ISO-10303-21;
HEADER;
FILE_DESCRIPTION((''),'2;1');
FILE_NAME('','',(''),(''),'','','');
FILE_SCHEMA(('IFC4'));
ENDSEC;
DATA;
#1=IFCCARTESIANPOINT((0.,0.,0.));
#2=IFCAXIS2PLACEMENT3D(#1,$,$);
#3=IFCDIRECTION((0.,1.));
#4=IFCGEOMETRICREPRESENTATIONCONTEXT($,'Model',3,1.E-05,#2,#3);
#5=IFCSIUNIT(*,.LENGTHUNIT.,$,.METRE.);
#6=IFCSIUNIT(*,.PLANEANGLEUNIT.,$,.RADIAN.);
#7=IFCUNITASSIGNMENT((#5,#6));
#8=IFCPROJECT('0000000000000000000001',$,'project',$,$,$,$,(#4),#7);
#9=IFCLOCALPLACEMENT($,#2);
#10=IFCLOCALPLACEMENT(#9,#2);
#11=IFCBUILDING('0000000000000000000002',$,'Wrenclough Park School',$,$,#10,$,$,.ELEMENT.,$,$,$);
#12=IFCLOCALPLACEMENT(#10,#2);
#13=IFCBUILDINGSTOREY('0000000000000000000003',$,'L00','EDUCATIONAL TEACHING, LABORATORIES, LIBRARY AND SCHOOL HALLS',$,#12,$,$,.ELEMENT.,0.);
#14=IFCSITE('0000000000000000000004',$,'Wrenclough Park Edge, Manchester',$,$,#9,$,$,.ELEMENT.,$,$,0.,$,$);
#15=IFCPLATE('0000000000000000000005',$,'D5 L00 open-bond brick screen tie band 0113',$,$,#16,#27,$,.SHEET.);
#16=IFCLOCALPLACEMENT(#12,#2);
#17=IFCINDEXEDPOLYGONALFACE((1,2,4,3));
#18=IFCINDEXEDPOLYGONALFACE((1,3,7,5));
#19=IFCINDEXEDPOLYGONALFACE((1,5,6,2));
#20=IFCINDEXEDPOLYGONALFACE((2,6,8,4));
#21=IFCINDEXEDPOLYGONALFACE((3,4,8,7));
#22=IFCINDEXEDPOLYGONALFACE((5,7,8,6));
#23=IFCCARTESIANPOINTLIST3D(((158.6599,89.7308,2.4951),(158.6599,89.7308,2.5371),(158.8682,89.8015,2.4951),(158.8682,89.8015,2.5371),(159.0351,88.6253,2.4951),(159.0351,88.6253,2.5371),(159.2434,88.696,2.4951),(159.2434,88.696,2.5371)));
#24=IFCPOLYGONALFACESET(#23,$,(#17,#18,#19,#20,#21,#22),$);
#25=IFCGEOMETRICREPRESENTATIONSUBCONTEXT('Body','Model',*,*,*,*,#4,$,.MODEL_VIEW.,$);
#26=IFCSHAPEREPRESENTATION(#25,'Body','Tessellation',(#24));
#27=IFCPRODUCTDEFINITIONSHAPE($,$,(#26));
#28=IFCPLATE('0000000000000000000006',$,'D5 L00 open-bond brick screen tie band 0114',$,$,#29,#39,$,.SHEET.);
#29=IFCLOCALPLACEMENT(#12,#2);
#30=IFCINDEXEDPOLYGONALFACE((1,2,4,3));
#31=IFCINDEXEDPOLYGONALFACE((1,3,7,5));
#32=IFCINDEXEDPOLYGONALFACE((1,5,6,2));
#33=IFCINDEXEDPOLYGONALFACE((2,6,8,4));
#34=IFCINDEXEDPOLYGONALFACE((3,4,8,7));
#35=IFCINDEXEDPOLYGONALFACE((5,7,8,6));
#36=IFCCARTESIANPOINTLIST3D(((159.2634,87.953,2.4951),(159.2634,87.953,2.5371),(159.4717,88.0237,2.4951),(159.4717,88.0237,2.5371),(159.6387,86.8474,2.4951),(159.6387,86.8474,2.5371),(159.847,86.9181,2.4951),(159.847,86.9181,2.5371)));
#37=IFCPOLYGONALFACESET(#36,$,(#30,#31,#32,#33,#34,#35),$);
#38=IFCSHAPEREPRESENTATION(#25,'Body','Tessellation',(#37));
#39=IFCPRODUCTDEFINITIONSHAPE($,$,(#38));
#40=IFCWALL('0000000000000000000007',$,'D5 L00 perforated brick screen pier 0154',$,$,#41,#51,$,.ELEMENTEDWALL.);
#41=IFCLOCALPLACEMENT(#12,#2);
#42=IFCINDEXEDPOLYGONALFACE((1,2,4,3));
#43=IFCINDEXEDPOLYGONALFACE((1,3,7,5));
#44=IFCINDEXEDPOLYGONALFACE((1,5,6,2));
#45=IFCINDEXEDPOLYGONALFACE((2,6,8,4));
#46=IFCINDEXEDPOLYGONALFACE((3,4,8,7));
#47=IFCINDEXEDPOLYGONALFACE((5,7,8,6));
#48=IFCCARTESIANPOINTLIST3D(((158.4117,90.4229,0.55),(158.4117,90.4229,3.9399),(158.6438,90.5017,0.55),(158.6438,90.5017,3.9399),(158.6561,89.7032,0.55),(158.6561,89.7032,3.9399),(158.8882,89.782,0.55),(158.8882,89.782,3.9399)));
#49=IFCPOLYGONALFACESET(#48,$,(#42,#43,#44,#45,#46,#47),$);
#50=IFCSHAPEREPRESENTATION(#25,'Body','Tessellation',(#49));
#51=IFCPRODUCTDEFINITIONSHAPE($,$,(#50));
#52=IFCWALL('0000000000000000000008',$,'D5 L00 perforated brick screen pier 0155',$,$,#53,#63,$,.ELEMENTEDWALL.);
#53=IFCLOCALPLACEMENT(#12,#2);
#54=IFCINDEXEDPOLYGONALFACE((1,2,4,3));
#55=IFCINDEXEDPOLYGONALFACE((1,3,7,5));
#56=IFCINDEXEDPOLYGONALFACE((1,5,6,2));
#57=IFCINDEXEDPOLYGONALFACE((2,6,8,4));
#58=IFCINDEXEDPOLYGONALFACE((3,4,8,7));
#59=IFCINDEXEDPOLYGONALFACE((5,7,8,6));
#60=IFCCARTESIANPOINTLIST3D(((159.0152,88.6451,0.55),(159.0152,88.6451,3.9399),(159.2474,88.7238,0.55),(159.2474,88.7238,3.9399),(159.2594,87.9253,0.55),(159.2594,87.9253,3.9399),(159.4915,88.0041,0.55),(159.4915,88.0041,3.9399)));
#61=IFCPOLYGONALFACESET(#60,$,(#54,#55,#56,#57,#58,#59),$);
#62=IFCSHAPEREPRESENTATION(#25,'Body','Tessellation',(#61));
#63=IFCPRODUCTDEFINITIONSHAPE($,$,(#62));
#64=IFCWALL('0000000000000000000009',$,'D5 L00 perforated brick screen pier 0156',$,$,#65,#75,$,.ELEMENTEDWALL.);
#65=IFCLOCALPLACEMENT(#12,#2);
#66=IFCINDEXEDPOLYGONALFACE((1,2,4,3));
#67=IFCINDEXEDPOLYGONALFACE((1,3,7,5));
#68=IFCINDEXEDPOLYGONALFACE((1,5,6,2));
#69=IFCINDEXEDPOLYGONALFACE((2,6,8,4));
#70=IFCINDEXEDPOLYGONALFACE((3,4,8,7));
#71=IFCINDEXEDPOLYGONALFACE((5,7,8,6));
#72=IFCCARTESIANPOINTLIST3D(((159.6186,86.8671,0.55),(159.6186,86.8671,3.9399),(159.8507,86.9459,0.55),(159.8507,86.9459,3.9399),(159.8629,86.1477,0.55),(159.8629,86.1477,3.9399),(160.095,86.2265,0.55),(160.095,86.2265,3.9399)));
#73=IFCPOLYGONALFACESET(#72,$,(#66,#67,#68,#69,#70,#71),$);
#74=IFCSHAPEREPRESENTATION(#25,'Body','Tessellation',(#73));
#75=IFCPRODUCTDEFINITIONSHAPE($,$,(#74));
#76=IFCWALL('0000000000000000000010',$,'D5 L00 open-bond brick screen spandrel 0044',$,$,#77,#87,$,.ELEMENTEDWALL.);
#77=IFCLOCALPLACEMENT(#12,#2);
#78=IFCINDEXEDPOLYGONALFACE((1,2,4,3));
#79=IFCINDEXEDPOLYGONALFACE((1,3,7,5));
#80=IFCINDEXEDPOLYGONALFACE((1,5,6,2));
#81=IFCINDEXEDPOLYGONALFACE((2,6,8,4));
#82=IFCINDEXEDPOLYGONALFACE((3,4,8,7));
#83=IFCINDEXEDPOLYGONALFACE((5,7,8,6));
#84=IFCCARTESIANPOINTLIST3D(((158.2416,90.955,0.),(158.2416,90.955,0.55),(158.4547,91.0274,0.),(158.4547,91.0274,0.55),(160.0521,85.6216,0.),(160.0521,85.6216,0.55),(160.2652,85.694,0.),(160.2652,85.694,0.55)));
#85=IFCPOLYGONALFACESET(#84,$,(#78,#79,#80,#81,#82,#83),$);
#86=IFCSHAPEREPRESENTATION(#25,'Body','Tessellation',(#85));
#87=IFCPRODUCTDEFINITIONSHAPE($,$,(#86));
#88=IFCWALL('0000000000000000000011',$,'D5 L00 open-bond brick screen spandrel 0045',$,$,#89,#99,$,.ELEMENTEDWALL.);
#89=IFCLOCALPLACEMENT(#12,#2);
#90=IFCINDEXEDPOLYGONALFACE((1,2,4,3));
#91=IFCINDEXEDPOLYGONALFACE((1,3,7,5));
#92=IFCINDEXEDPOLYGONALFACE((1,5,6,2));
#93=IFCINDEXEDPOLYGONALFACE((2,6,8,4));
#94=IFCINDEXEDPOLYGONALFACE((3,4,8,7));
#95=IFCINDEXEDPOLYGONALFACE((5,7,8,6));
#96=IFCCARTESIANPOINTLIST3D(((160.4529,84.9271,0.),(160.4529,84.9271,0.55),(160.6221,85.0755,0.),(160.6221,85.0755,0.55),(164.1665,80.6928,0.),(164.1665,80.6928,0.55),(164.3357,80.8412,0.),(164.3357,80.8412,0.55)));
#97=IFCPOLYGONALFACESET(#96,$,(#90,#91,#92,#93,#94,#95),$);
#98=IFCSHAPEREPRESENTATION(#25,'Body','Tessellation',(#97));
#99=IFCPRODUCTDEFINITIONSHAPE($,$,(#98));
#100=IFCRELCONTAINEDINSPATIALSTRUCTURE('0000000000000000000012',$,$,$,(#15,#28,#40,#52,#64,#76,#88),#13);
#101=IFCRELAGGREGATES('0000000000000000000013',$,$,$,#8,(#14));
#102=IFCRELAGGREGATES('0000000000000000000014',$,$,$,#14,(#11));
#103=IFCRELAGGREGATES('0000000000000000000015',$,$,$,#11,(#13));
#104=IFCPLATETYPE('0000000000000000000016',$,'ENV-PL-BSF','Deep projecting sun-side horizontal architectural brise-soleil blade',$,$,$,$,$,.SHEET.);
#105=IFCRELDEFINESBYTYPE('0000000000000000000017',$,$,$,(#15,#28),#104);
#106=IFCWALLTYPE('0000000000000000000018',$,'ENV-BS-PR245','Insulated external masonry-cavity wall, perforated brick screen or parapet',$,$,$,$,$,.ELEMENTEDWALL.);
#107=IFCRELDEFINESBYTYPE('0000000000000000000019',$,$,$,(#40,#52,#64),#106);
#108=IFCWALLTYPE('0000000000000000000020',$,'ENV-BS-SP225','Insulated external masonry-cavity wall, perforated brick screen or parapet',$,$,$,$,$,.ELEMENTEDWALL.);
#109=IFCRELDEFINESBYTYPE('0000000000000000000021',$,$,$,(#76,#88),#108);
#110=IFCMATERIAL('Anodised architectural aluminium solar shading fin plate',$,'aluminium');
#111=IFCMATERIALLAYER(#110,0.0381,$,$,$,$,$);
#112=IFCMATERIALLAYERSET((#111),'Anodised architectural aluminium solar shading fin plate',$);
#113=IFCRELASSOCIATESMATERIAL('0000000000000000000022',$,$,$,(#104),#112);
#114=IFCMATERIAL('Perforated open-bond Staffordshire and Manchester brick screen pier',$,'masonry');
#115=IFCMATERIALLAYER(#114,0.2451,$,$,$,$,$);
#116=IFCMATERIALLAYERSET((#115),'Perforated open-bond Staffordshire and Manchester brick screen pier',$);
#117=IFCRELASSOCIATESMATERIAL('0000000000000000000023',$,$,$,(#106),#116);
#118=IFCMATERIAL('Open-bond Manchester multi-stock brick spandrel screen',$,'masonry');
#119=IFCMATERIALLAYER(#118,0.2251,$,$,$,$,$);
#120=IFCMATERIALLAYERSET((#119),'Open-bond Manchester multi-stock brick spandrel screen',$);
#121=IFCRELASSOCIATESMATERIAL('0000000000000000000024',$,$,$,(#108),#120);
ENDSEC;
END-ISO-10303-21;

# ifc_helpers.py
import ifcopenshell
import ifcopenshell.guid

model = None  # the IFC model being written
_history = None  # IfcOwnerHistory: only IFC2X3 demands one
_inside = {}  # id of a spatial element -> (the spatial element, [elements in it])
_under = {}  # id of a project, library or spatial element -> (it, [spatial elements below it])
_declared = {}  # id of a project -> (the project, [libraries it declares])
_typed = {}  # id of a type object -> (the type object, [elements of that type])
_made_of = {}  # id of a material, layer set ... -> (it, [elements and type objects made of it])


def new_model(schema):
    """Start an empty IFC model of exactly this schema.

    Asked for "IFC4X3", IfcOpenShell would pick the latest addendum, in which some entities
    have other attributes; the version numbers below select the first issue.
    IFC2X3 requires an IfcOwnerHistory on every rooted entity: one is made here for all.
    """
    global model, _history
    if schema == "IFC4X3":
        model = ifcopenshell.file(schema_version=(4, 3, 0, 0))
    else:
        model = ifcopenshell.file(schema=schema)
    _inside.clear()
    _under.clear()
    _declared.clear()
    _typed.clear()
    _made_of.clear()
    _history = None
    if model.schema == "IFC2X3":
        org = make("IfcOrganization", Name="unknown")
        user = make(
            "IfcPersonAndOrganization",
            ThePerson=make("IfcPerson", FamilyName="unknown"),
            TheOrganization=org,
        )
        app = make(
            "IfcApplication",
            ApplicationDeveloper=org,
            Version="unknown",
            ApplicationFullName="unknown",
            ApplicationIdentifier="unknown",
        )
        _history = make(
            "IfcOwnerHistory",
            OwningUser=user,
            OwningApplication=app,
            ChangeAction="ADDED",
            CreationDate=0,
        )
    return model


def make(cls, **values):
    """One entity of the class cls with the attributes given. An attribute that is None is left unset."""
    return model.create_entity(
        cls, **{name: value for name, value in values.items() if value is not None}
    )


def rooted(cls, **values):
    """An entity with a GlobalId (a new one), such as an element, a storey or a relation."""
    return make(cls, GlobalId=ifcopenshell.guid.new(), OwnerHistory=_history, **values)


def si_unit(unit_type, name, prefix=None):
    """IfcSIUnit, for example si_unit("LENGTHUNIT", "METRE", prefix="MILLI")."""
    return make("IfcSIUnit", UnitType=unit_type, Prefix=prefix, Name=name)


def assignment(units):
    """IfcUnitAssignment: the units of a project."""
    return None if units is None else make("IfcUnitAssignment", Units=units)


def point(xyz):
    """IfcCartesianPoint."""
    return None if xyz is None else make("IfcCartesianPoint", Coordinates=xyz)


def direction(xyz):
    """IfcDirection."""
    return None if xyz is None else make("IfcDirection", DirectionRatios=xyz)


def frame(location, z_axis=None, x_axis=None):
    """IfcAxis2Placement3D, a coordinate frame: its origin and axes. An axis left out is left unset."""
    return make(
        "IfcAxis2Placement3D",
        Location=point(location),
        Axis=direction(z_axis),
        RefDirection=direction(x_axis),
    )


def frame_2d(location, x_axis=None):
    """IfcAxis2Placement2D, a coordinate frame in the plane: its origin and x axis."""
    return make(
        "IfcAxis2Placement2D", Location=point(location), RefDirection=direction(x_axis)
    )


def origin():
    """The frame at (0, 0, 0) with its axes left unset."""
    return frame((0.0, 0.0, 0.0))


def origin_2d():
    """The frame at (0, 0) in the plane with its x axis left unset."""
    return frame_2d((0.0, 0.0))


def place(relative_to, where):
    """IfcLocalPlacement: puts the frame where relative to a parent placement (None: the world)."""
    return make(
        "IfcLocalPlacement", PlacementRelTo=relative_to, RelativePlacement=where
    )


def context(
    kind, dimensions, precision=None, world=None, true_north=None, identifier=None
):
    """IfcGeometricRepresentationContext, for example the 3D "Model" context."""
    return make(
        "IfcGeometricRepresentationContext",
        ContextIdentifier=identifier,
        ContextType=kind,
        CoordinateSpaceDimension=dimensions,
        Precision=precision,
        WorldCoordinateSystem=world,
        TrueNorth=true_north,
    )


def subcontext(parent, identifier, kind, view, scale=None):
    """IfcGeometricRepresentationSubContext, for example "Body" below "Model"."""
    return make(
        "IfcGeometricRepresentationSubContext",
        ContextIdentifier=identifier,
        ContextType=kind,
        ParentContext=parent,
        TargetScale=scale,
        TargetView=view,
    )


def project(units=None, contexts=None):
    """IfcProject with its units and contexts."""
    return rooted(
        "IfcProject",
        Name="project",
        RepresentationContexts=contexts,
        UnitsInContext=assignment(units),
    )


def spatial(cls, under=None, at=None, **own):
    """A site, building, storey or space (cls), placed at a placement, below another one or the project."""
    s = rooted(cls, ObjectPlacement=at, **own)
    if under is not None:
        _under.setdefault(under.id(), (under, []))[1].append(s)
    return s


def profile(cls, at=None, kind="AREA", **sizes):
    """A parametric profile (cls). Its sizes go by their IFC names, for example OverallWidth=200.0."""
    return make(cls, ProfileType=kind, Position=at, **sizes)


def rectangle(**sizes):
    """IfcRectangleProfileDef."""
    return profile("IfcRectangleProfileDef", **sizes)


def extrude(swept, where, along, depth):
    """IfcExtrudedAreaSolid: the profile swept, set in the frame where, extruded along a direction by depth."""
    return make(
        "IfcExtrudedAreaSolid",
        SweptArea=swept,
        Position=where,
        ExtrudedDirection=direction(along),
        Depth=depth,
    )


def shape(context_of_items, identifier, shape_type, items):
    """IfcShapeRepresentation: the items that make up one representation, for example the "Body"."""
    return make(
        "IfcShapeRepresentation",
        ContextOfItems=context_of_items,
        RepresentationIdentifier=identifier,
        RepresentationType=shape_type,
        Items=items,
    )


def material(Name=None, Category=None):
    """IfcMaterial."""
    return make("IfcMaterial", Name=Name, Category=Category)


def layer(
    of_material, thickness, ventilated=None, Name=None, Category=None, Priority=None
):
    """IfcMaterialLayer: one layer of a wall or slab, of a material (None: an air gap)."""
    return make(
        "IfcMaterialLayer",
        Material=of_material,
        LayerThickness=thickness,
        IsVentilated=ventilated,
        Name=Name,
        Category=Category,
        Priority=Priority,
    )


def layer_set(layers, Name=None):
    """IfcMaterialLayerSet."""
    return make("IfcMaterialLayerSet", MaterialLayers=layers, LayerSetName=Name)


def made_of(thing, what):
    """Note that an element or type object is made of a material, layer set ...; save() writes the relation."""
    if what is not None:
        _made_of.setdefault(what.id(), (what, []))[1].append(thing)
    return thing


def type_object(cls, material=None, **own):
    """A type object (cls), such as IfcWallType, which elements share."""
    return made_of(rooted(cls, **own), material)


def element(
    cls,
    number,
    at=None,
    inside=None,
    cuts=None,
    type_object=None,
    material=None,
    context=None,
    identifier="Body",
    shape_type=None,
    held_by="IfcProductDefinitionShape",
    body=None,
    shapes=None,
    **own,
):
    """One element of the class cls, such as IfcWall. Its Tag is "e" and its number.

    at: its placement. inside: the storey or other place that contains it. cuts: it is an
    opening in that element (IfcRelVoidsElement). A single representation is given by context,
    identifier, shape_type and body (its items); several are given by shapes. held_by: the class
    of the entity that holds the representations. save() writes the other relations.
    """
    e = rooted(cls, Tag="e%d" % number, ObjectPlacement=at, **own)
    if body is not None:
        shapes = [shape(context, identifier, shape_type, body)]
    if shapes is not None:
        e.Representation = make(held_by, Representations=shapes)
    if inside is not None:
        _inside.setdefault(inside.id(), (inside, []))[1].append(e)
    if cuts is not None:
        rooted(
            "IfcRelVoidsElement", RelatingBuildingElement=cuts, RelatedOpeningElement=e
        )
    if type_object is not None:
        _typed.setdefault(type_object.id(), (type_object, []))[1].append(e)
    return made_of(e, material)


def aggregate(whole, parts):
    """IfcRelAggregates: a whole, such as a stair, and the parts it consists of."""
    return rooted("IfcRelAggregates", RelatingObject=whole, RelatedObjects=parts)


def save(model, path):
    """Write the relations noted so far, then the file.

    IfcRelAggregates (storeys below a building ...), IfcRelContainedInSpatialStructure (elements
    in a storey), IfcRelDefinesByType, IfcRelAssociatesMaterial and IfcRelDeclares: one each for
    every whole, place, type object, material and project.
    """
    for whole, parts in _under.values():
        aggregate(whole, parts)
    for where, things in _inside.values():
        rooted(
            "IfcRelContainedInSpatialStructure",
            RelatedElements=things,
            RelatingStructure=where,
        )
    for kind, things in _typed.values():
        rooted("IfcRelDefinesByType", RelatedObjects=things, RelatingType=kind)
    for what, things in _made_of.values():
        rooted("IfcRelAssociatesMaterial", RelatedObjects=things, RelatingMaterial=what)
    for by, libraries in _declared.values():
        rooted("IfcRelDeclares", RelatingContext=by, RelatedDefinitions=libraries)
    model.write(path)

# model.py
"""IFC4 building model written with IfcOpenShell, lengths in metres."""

from ifc_helpers import new_model, si_unit, direction, frame, frame_2d, origin, origin_2d, place, context, subcontext, project, spatial, rectangle, extrude, material, layer, layer_set, type_object, element, save


model = new_model("IFC4")

# Units and contexts
model_context = context("Model", 3, precision=1e-05, world=origin(), true_north=direction((0.0, 1.0)))
body_context = subcontext(model_context, "Body", "Model", "MODEL_VIEW")
ifc_project = project(units=[si_unit("LENGTHUNIT", "METRE"), si_unit("PLANEANGLEUNIT", "RADIAN")], contexts=[model_context])

# Site, building, storey
site_placement = place(None, origin())
site = spatial("IfcSite", under=ifc_project, at=site_placement, Name="Wrenclough Park Edge, Manchester", CompositionType="ELEMENT", RefElevation=0.0)
building_placement = place(site_placement, origin())
building = spatial("IfcBuilding", under=site, at=building_placement, Name="Wrenclough Park School", CompositionType="ELEMENT")
storey_placement = place(building_placement, origin())
storey = spatial("IfcBuildingStorey", under=building, at=storey_placement, Name="L00", Description="EDUCATIONAL TEACHING, LABORATORIES, LIBRARY AND SCHOOL HALLS", CompositionType="ELEMENT", Elevation=0.0)

# Plates
ifc_material_1 = material(Name="Anodised architectural aluminium solar shading fin plate", Category="aluminium")
ifc_layer_1 = layer(ifc_material_1, 0.0381)
ifc_layer_set_1 = layer_set([ifc_layer_1], Name="Anodised architectural aluminium solar shading fin plate")
plate_type_1 = type_object("IfcPlateType", Name="ENV-PL-BSF", Description="Deep projecting sun-side horizontal architectural brise-soleil blade", PredefinedType="SHEET", material=ifc_layer_set_1)
for number, where, z_axis, x_axis, name in (
    (1, (158.9517, 89.2134, 2.4951), (0.0, 0.0, 1.0), (0.321427, -0.946934, 0.0), "D5 L00 open-bond brick screen tie band 0113"),
    (2, (159.5552, 87.4355, 2.4951), (0.0, 0.0, 1.0), (0.321427, -0.946934, 0.0), "D5 L00 open-bond brick screen tie band 0114"),
):
    element("IfcPlate", number, at=place(storey_placement, frame(where, z_axis=z_axis, x_axis=x_axis)), inside=storey, type_object=plate_type_1, Name=name, PredefinedType="SHEET", context=body_context, shape_type="SweptSolid", body=[
        extrude(rectangle(XDim=1.1675, YDim=0.22, at=origin_2d()), origin(), (0.0, 0.0, 1.0), 0.042),
    ])

# Walls
ifc_material_2 = material(Name="Perforated open-bond Staffordshire and Manchester brick screen pier", Category="masonry")
ifc_layer_2 = layer(ifc_material_2, 0.2451)
ifc_layer_set_2 = layer_set([ifc_layer_2], Name="Perforated open-bond Staffordshire and Manchester brick screen pier")
wall_type_1 = type_object("IfcWallType", Name="ENV-BS-PR245", Description="Insulated external masonry-cavity wall, perforated brick screen or parapet", PredefinedType="ELEMENTEDWALL", material=ifc_layer_set_2)
for number, where, z_axis, x_axis, name in (
    (3, (158.5278, 90.4622, 0.55), (0.0, 0.0, 1.0), (0.321523, -0.946902, 0.0), "D5 L00 perforated brick screen pier 0154"),
    (4, (159.1313, 88.6843, 0.55), (0.0, 0.0, 1.0), (0.321235, -0.947, 0.0), "D5 L00 perforated brick screen pier 0155"),
):
    element("IfcWall", number, at=place(storey_placement, frame(where, z_axis=z_axis, x_axis=x_axis)), inside=storey, type_object=wall_type_1, Name=name, PredefinedType="ELEMENTEDWALL", context=body_context, shape_type="SweptSolid", body=[
        extrude(rectangle(XDim=0.76, YDim=0.2451, at=frame_2d((0.3799, 0.0))), origin(), (0.0, 0.0, 1.0), 3.3899),
    ])
wall_1_placement = place(storey_placement, frame((159.7346, 86.9065, 0.55), z_axis=(0.0, 0.0, 1.0), x_axis=(0.32162, -0.946869, 0.0)))
element("IfcWall", 5, at=wall_1_placement, inside=storey, type_object=wall_type_1, Name="D5 L00 perforated brick screen pier 0156", PredefinedType="ELEMENTEDWALL", context=body_context, shape_type="SweptSolid", body=[
    extrude(rectangle(XDim=0.7598, YDim=0.2451, at=frame_2d((0.3799, 0.0))), origin(), (0.0, 0.0, 1.0), 3.3899),
])
ifc_material_3 = material(Name="Open-bond Manchester multi-stock brick spandrel screen", Category="masonry")
ifc_layer_3 = layer(ifc_material_3, 0.2251)
ifc_layer_set_3 = layer_set([ifc_layer_3], Name="Open-bond Manchester multi-stock brick spandrel screen")
wall_type_2 = type_object("IfcWallType", Name="ENV-BS-SP225", Description="Insulated external masonry-cavity wall, perforated brick screen or parapet", PredefinedType="ELEMENTEDWALL", material=ifc_layer_set_3)
wall_2_placement = place(storey_placement, frame((158.3481, 90.9912, 0.0), z_axis=(0.0, 0.0, 1.0), x_axis=(0.32145, -0.946926, 0.0)))
element("IfcWall", 6, at=wall_2_placement, inside=storey, type_object=wall_type_2, Name="D5 L00 open-bond brick screen spandrel 0044", PredefinedType="ELEMENTEDWALL", context=body_context, shape_type="SweptSolid", body=[
    extrude(rectangle(XDim=5.6323, YDim=0.2251, at=frame_2d((2.8162, 0.0))), origin(), (0.0, 0.0, 1.0), 0.55),
])
wall_3_placement = place(storey_placement, frame((160.5376, 85.0012, 0.0), z_axis=(0.0, 0.0, 1.0), x_axis=(0.659363, -0.751824, 0.0)))
element("IfcWall", 7, at=wall_3_placement, inside=storey, type_object=wall_type_2, Name="D5 L00 open-bond brick screen spandrel 0045", PredefinedType="ELEMENTEDWALL", context=body_context, shape_type="SweptSolid", body=[
    extrude(rectangle(XDim=5.6321, YDim=0.2251, at=frame_2d((2.8159, 0.0))), origin(), (0.0, 0.0, 1.0), 0.55),
])

save(model, "model.ifc")
